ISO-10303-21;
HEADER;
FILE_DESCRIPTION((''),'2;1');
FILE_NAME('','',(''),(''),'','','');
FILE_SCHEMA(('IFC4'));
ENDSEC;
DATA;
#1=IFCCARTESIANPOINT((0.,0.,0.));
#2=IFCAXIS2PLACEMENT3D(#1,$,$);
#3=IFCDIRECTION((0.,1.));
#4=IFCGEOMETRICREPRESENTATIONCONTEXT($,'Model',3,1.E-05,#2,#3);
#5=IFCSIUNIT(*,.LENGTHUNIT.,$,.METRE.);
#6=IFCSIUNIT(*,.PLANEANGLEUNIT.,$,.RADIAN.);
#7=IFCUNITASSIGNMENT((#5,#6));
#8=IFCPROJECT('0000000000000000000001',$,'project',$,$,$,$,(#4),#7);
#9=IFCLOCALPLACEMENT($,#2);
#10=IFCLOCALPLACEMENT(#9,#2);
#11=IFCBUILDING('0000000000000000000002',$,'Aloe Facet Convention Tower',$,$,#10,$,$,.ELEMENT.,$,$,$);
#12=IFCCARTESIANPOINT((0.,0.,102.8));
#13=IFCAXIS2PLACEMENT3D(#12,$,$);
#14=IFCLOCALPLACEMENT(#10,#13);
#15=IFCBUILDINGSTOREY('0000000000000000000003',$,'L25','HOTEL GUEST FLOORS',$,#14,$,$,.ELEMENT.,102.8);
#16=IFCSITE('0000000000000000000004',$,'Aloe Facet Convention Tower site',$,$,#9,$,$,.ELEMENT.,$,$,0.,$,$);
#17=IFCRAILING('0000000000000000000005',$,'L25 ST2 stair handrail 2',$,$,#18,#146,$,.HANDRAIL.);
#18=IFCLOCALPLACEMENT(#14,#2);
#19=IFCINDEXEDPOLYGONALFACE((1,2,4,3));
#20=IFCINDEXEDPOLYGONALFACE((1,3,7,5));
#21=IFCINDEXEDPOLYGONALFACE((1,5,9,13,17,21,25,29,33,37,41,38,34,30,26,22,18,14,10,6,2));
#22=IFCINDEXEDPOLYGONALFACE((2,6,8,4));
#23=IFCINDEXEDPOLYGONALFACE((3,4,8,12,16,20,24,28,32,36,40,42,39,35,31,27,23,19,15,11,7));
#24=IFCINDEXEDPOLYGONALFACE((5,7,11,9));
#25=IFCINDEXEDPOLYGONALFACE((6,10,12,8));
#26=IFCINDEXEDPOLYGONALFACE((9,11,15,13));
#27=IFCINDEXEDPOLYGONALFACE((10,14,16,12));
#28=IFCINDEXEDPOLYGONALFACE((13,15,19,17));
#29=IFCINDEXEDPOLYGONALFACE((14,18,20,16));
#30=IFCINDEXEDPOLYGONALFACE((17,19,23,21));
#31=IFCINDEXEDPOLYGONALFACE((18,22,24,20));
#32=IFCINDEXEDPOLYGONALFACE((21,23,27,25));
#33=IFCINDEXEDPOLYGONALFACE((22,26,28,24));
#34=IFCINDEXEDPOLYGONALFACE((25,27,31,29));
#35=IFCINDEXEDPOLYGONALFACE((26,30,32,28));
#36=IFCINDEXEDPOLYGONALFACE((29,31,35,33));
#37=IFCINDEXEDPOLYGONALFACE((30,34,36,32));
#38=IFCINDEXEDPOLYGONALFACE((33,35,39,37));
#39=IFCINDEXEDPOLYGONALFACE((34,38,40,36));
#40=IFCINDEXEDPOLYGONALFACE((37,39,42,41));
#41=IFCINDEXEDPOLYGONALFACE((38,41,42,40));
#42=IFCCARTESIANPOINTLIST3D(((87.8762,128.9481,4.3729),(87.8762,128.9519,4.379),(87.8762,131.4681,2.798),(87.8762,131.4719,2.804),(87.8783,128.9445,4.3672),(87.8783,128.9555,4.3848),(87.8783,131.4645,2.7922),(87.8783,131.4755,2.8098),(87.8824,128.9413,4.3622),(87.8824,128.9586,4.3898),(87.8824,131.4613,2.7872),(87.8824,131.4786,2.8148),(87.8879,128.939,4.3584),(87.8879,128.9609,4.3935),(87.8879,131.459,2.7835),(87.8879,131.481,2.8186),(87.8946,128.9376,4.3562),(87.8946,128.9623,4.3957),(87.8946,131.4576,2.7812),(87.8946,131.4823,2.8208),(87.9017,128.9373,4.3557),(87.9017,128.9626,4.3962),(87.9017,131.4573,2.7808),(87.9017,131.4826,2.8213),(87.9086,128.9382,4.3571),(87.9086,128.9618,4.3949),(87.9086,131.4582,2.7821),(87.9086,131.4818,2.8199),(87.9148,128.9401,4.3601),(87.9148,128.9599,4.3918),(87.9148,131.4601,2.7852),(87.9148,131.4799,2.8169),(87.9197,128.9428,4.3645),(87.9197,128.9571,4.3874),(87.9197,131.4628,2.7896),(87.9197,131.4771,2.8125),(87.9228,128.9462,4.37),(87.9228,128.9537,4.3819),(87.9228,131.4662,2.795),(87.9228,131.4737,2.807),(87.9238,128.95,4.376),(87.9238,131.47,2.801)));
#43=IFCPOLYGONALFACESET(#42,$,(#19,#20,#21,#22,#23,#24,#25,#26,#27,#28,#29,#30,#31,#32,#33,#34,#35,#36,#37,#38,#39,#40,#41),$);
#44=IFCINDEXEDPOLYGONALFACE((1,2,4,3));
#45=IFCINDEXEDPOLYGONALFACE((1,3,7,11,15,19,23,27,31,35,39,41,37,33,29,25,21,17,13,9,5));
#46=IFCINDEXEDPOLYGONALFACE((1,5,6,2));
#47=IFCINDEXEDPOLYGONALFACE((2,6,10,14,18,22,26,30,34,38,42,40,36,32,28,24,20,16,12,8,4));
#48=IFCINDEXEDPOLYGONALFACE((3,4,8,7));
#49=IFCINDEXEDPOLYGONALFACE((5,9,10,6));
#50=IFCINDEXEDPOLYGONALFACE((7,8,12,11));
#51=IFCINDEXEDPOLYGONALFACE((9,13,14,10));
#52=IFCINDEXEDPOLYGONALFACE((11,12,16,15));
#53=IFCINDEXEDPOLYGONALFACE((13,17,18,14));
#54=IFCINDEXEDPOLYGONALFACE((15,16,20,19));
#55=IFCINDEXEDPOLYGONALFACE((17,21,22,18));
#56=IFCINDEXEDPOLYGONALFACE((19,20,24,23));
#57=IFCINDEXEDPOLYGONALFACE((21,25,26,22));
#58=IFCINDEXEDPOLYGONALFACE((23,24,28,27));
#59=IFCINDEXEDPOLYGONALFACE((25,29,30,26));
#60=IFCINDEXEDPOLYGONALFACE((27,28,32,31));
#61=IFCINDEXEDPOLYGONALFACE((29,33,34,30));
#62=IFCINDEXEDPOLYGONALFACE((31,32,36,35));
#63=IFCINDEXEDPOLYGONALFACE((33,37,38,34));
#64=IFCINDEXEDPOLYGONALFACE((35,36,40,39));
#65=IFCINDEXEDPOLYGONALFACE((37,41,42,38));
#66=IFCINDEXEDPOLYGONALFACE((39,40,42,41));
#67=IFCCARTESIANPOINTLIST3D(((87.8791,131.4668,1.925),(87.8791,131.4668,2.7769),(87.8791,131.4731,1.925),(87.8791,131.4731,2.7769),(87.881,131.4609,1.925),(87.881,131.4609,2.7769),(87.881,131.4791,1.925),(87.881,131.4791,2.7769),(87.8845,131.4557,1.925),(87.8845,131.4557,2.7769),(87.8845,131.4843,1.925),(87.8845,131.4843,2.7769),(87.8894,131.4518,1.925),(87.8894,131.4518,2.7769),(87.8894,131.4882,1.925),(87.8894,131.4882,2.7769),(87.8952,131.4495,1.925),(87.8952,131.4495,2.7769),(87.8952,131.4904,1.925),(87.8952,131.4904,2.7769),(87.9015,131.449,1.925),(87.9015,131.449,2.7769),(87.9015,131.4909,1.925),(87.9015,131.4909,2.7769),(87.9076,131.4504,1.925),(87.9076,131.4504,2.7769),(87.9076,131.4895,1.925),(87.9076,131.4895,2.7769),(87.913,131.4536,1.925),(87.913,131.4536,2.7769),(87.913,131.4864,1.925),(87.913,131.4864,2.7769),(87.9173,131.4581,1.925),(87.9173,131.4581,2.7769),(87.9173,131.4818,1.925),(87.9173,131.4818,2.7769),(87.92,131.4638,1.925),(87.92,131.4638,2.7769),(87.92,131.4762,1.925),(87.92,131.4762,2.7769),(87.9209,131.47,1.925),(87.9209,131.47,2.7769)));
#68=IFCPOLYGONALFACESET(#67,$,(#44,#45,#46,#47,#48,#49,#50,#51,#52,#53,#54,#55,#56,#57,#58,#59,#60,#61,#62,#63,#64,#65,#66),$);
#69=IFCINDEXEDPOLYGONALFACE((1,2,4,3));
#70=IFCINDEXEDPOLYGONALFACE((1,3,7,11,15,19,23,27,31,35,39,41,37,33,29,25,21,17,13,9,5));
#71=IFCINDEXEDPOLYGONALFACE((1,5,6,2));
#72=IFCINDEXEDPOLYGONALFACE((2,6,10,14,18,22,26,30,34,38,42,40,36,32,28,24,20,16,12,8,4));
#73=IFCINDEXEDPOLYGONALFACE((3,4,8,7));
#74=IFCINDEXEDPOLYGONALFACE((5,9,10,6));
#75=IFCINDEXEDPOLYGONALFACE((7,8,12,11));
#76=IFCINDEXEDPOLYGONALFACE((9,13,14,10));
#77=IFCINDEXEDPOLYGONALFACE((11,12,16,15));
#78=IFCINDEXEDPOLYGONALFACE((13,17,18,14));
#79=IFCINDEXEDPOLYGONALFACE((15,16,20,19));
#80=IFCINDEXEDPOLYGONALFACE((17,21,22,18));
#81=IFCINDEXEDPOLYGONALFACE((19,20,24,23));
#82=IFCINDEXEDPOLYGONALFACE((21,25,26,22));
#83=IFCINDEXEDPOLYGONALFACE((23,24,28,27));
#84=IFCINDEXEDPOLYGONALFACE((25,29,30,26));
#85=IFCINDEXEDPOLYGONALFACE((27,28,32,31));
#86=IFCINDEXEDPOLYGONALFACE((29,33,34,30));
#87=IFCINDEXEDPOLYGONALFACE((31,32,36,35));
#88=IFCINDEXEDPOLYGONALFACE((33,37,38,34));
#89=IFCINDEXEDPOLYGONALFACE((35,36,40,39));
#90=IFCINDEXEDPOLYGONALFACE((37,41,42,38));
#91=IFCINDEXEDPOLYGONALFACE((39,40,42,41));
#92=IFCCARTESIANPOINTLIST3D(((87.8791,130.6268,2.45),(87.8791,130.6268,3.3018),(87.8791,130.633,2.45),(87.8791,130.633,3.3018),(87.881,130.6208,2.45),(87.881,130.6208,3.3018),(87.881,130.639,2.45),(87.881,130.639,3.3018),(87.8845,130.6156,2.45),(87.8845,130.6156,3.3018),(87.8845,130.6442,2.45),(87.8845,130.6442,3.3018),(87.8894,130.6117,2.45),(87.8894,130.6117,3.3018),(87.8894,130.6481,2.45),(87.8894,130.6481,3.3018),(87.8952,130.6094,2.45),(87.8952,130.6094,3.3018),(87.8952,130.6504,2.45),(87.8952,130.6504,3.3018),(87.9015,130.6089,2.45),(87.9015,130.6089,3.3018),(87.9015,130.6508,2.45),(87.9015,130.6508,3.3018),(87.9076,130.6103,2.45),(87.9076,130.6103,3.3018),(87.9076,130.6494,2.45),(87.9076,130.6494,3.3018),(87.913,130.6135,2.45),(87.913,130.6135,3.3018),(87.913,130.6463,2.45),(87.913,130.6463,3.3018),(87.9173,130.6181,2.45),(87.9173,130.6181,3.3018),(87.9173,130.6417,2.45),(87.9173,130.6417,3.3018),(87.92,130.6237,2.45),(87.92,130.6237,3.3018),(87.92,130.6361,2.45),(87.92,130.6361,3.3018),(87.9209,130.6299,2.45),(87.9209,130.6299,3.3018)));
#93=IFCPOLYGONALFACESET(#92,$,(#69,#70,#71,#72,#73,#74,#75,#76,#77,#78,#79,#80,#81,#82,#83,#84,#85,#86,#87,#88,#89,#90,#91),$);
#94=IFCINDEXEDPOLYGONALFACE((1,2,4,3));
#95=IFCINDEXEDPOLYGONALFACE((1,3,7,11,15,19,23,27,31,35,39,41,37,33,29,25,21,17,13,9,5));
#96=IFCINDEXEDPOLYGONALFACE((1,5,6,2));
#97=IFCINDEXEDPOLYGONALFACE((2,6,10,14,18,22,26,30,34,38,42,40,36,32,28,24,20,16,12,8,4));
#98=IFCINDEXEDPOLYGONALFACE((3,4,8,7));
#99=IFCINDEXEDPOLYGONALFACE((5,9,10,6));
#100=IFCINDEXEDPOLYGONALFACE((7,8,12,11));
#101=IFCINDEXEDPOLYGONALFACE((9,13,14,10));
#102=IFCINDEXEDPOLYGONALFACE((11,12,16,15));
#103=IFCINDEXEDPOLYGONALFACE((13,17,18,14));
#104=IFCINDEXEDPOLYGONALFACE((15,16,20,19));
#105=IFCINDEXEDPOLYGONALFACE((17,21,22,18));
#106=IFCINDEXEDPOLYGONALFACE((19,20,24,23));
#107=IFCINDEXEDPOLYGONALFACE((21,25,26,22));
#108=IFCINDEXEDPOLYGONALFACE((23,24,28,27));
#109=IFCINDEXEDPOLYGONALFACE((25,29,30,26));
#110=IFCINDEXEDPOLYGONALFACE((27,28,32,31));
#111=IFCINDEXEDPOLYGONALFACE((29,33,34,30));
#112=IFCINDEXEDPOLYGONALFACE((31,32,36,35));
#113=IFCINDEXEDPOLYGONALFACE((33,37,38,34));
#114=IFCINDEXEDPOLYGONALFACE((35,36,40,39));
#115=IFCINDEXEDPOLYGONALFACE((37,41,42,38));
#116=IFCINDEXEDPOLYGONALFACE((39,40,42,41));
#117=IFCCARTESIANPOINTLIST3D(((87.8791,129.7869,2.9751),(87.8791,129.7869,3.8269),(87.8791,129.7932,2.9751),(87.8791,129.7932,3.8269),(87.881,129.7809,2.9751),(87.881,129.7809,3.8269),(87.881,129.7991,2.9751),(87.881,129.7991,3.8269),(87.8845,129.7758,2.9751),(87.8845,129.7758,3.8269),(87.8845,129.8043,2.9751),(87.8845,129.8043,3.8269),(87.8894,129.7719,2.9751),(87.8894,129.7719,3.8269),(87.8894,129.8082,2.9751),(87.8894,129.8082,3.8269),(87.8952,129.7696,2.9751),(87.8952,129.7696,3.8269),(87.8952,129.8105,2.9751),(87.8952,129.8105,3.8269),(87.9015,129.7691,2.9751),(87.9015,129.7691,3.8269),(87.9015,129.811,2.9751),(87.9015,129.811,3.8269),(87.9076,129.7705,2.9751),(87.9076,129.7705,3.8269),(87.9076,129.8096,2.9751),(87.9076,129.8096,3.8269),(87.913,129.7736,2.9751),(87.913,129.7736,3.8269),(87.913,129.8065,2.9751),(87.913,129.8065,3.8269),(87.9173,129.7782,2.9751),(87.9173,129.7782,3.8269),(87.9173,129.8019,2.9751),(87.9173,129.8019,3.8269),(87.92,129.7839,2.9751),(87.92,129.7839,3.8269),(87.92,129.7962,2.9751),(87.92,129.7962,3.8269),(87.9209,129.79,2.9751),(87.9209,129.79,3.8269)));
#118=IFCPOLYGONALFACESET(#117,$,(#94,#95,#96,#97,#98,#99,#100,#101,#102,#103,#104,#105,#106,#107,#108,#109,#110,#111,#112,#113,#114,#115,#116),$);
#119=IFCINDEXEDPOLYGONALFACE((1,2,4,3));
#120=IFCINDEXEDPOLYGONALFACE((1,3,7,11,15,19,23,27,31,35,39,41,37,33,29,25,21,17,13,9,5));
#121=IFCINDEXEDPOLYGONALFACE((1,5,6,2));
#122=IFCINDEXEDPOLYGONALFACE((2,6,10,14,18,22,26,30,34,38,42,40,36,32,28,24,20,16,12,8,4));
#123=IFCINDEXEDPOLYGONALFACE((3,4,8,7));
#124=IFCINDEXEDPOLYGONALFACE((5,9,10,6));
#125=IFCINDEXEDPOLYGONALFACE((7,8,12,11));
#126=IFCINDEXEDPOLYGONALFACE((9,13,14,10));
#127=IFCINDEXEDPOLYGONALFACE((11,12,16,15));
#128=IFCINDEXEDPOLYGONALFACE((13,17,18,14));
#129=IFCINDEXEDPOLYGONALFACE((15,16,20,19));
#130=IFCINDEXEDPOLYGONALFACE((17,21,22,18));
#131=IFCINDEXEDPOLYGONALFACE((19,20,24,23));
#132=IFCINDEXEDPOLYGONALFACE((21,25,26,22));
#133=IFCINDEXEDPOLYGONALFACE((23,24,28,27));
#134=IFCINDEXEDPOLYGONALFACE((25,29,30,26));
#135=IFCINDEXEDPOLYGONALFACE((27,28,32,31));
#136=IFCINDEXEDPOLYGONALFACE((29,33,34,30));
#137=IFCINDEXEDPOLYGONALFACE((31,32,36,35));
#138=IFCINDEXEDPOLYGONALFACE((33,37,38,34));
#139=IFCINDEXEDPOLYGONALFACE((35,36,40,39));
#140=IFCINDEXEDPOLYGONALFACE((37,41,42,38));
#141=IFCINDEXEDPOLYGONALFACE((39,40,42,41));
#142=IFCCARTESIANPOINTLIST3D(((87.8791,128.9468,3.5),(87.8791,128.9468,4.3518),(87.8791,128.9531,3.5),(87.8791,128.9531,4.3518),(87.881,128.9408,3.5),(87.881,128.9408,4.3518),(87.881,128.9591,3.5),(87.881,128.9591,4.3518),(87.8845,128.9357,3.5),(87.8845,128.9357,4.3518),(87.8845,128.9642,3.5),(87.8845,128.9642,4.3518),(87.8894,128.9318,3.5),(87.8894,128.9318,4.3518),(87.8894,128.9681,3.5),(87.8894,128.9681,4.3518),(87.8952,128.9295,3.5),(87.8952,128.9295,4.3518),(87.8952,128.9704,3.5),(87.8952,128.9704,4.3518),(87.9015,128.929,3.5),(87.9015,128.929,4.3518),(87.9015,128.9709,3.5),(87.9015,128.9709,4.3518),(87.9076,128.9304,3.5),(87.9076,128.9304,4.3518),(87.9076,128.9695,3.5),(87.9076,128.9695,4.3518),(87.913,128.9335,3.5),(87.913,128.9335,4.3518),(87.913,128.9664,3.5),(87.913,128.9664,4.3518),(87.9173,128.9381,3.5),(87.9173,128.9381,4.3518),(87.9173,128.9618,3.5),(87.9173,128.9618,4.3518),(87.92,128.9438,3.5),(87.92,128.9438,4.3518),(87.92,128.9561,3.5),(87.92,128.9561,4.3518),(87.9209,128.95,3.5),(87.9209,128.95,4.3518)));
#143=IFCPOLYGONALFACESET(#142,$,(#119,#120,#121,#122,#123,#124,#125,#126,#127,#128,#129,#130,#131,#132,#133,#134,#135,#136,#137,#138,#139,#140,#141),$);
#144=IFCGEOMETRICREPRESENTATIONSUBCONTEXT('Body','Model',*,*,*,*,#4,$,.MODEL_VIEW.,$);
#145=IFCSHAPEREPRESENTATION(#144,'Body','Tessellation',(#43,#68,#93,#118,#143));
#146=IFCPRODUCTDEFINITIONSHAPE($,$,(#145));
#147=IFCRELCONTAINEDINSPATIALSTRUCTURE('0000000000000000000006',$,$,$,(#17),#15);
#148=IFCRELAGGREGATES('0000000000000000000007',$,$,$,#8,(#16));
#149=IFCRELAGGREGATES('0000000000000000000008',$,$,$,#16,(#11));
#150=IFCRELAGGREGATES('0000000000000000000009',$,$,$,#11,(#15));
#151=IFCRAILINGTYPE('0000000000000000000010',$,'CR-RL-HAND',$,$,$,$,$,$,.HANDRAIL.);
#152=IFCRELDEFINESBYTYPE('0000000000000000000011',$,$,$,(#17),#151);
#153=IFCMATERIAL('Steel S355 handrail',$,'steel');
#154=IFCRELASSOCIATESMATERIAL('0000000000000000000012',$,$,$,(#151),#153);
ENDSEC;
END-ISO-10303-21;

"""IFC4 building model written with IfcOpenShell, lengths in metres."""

from ifc_helpers import new_model, si_unit, direction, frame, origin, origin_2d, place, context, subcontext, project, spatial, circle, extrude, material, type_object, element, save


model = new_model("IFC4")

# Units and contexts
model_context = context("Model", 3, precision=1e-05, world=origin(), true_north=direction((0.0, 1.0)))
body_context = subcontext(model_context, "Body", "Model", "MODEL_VIEW")
ifc_project = project(units=[si_unit("LENGTHUNIT", "METRE"), si_unit("PLANEANGLEUNIT", "RADIAN")], contexts=[model_context])

# Site, building, storey
site_placement = place(None, origin())
site = spatial("IfcSite", under=ifc_project, at=site_placement, Name="Aloe Facet Convention Tower site", CompositionType="ELEMENT", RefElevation=0.0)
building_placement = place(site_placement, origin())
building = spatial("IfcBuilding", under=site, at=building_placement, Name="Aloe Facet Convention Tower", CompositionType="ELEMENT")
storey_placement = place(building_placement, frame((0.0, 0.0, 102.8)))
storey = spatial("IfcBuildingStorey", under=building, at=storey_placement, Name="L25", Description="HOTEL GUEST FLOORS", CompositionType="ELEMENT", Elevation=102.8)

# Railing
ifc_material_1 = material(Name="Steel S355 handrail", Category="steel")
railing_type_1 = type_object("IfcRailingType", Name="CR-RL-HAND", PredefinedType="HANDRAIL", material=ifc_material_1)
railing_1_placement = place(storey_placement, frame((87.8999, 131.47, 1.925)))
element("IfcRailing", 1, at=railing_1_placement, inside=storey, type_object=railing_type_1, Name="L25 ST2 stair handrail 2", PredefinedType="HANDRAIL", context=body_context, shape_type="SweptSolid", body=[
    extrude(circle(Radius=0.0239, at=origin_2d()), frame((0.0, 0.0, 0.876), z_axis=(0.0, -0.848008, 0.529984), x_axis=(1.0, 0.0, 0.0)), (0.0, 0.0, 1.0), 2.9717),
    extrude(circle(Radius=0.021, at=origin_2d()), origin(), (0.0, 0.0, 1.0), 0.8518),
    extrude(circle(Radius=0.021, at=origin_2d()), frame((0.0, -0.8401, 0.5249)), (0.0, 0.0, 1.0), 0.8518),
    extrude(circle(Radius=0.021, at=origin_2d()), frame((0.0, -1.6799, 1.05)), (0.0, 0.0, 1.0), 0.8518),
    extrude(circle(Radius=0.021, at=origin_2d()), frame((0.0, -2.52, 1.575)), (0.0, 0.0, 1.0), 0.8518),
])

save(model, "model.ifc")
